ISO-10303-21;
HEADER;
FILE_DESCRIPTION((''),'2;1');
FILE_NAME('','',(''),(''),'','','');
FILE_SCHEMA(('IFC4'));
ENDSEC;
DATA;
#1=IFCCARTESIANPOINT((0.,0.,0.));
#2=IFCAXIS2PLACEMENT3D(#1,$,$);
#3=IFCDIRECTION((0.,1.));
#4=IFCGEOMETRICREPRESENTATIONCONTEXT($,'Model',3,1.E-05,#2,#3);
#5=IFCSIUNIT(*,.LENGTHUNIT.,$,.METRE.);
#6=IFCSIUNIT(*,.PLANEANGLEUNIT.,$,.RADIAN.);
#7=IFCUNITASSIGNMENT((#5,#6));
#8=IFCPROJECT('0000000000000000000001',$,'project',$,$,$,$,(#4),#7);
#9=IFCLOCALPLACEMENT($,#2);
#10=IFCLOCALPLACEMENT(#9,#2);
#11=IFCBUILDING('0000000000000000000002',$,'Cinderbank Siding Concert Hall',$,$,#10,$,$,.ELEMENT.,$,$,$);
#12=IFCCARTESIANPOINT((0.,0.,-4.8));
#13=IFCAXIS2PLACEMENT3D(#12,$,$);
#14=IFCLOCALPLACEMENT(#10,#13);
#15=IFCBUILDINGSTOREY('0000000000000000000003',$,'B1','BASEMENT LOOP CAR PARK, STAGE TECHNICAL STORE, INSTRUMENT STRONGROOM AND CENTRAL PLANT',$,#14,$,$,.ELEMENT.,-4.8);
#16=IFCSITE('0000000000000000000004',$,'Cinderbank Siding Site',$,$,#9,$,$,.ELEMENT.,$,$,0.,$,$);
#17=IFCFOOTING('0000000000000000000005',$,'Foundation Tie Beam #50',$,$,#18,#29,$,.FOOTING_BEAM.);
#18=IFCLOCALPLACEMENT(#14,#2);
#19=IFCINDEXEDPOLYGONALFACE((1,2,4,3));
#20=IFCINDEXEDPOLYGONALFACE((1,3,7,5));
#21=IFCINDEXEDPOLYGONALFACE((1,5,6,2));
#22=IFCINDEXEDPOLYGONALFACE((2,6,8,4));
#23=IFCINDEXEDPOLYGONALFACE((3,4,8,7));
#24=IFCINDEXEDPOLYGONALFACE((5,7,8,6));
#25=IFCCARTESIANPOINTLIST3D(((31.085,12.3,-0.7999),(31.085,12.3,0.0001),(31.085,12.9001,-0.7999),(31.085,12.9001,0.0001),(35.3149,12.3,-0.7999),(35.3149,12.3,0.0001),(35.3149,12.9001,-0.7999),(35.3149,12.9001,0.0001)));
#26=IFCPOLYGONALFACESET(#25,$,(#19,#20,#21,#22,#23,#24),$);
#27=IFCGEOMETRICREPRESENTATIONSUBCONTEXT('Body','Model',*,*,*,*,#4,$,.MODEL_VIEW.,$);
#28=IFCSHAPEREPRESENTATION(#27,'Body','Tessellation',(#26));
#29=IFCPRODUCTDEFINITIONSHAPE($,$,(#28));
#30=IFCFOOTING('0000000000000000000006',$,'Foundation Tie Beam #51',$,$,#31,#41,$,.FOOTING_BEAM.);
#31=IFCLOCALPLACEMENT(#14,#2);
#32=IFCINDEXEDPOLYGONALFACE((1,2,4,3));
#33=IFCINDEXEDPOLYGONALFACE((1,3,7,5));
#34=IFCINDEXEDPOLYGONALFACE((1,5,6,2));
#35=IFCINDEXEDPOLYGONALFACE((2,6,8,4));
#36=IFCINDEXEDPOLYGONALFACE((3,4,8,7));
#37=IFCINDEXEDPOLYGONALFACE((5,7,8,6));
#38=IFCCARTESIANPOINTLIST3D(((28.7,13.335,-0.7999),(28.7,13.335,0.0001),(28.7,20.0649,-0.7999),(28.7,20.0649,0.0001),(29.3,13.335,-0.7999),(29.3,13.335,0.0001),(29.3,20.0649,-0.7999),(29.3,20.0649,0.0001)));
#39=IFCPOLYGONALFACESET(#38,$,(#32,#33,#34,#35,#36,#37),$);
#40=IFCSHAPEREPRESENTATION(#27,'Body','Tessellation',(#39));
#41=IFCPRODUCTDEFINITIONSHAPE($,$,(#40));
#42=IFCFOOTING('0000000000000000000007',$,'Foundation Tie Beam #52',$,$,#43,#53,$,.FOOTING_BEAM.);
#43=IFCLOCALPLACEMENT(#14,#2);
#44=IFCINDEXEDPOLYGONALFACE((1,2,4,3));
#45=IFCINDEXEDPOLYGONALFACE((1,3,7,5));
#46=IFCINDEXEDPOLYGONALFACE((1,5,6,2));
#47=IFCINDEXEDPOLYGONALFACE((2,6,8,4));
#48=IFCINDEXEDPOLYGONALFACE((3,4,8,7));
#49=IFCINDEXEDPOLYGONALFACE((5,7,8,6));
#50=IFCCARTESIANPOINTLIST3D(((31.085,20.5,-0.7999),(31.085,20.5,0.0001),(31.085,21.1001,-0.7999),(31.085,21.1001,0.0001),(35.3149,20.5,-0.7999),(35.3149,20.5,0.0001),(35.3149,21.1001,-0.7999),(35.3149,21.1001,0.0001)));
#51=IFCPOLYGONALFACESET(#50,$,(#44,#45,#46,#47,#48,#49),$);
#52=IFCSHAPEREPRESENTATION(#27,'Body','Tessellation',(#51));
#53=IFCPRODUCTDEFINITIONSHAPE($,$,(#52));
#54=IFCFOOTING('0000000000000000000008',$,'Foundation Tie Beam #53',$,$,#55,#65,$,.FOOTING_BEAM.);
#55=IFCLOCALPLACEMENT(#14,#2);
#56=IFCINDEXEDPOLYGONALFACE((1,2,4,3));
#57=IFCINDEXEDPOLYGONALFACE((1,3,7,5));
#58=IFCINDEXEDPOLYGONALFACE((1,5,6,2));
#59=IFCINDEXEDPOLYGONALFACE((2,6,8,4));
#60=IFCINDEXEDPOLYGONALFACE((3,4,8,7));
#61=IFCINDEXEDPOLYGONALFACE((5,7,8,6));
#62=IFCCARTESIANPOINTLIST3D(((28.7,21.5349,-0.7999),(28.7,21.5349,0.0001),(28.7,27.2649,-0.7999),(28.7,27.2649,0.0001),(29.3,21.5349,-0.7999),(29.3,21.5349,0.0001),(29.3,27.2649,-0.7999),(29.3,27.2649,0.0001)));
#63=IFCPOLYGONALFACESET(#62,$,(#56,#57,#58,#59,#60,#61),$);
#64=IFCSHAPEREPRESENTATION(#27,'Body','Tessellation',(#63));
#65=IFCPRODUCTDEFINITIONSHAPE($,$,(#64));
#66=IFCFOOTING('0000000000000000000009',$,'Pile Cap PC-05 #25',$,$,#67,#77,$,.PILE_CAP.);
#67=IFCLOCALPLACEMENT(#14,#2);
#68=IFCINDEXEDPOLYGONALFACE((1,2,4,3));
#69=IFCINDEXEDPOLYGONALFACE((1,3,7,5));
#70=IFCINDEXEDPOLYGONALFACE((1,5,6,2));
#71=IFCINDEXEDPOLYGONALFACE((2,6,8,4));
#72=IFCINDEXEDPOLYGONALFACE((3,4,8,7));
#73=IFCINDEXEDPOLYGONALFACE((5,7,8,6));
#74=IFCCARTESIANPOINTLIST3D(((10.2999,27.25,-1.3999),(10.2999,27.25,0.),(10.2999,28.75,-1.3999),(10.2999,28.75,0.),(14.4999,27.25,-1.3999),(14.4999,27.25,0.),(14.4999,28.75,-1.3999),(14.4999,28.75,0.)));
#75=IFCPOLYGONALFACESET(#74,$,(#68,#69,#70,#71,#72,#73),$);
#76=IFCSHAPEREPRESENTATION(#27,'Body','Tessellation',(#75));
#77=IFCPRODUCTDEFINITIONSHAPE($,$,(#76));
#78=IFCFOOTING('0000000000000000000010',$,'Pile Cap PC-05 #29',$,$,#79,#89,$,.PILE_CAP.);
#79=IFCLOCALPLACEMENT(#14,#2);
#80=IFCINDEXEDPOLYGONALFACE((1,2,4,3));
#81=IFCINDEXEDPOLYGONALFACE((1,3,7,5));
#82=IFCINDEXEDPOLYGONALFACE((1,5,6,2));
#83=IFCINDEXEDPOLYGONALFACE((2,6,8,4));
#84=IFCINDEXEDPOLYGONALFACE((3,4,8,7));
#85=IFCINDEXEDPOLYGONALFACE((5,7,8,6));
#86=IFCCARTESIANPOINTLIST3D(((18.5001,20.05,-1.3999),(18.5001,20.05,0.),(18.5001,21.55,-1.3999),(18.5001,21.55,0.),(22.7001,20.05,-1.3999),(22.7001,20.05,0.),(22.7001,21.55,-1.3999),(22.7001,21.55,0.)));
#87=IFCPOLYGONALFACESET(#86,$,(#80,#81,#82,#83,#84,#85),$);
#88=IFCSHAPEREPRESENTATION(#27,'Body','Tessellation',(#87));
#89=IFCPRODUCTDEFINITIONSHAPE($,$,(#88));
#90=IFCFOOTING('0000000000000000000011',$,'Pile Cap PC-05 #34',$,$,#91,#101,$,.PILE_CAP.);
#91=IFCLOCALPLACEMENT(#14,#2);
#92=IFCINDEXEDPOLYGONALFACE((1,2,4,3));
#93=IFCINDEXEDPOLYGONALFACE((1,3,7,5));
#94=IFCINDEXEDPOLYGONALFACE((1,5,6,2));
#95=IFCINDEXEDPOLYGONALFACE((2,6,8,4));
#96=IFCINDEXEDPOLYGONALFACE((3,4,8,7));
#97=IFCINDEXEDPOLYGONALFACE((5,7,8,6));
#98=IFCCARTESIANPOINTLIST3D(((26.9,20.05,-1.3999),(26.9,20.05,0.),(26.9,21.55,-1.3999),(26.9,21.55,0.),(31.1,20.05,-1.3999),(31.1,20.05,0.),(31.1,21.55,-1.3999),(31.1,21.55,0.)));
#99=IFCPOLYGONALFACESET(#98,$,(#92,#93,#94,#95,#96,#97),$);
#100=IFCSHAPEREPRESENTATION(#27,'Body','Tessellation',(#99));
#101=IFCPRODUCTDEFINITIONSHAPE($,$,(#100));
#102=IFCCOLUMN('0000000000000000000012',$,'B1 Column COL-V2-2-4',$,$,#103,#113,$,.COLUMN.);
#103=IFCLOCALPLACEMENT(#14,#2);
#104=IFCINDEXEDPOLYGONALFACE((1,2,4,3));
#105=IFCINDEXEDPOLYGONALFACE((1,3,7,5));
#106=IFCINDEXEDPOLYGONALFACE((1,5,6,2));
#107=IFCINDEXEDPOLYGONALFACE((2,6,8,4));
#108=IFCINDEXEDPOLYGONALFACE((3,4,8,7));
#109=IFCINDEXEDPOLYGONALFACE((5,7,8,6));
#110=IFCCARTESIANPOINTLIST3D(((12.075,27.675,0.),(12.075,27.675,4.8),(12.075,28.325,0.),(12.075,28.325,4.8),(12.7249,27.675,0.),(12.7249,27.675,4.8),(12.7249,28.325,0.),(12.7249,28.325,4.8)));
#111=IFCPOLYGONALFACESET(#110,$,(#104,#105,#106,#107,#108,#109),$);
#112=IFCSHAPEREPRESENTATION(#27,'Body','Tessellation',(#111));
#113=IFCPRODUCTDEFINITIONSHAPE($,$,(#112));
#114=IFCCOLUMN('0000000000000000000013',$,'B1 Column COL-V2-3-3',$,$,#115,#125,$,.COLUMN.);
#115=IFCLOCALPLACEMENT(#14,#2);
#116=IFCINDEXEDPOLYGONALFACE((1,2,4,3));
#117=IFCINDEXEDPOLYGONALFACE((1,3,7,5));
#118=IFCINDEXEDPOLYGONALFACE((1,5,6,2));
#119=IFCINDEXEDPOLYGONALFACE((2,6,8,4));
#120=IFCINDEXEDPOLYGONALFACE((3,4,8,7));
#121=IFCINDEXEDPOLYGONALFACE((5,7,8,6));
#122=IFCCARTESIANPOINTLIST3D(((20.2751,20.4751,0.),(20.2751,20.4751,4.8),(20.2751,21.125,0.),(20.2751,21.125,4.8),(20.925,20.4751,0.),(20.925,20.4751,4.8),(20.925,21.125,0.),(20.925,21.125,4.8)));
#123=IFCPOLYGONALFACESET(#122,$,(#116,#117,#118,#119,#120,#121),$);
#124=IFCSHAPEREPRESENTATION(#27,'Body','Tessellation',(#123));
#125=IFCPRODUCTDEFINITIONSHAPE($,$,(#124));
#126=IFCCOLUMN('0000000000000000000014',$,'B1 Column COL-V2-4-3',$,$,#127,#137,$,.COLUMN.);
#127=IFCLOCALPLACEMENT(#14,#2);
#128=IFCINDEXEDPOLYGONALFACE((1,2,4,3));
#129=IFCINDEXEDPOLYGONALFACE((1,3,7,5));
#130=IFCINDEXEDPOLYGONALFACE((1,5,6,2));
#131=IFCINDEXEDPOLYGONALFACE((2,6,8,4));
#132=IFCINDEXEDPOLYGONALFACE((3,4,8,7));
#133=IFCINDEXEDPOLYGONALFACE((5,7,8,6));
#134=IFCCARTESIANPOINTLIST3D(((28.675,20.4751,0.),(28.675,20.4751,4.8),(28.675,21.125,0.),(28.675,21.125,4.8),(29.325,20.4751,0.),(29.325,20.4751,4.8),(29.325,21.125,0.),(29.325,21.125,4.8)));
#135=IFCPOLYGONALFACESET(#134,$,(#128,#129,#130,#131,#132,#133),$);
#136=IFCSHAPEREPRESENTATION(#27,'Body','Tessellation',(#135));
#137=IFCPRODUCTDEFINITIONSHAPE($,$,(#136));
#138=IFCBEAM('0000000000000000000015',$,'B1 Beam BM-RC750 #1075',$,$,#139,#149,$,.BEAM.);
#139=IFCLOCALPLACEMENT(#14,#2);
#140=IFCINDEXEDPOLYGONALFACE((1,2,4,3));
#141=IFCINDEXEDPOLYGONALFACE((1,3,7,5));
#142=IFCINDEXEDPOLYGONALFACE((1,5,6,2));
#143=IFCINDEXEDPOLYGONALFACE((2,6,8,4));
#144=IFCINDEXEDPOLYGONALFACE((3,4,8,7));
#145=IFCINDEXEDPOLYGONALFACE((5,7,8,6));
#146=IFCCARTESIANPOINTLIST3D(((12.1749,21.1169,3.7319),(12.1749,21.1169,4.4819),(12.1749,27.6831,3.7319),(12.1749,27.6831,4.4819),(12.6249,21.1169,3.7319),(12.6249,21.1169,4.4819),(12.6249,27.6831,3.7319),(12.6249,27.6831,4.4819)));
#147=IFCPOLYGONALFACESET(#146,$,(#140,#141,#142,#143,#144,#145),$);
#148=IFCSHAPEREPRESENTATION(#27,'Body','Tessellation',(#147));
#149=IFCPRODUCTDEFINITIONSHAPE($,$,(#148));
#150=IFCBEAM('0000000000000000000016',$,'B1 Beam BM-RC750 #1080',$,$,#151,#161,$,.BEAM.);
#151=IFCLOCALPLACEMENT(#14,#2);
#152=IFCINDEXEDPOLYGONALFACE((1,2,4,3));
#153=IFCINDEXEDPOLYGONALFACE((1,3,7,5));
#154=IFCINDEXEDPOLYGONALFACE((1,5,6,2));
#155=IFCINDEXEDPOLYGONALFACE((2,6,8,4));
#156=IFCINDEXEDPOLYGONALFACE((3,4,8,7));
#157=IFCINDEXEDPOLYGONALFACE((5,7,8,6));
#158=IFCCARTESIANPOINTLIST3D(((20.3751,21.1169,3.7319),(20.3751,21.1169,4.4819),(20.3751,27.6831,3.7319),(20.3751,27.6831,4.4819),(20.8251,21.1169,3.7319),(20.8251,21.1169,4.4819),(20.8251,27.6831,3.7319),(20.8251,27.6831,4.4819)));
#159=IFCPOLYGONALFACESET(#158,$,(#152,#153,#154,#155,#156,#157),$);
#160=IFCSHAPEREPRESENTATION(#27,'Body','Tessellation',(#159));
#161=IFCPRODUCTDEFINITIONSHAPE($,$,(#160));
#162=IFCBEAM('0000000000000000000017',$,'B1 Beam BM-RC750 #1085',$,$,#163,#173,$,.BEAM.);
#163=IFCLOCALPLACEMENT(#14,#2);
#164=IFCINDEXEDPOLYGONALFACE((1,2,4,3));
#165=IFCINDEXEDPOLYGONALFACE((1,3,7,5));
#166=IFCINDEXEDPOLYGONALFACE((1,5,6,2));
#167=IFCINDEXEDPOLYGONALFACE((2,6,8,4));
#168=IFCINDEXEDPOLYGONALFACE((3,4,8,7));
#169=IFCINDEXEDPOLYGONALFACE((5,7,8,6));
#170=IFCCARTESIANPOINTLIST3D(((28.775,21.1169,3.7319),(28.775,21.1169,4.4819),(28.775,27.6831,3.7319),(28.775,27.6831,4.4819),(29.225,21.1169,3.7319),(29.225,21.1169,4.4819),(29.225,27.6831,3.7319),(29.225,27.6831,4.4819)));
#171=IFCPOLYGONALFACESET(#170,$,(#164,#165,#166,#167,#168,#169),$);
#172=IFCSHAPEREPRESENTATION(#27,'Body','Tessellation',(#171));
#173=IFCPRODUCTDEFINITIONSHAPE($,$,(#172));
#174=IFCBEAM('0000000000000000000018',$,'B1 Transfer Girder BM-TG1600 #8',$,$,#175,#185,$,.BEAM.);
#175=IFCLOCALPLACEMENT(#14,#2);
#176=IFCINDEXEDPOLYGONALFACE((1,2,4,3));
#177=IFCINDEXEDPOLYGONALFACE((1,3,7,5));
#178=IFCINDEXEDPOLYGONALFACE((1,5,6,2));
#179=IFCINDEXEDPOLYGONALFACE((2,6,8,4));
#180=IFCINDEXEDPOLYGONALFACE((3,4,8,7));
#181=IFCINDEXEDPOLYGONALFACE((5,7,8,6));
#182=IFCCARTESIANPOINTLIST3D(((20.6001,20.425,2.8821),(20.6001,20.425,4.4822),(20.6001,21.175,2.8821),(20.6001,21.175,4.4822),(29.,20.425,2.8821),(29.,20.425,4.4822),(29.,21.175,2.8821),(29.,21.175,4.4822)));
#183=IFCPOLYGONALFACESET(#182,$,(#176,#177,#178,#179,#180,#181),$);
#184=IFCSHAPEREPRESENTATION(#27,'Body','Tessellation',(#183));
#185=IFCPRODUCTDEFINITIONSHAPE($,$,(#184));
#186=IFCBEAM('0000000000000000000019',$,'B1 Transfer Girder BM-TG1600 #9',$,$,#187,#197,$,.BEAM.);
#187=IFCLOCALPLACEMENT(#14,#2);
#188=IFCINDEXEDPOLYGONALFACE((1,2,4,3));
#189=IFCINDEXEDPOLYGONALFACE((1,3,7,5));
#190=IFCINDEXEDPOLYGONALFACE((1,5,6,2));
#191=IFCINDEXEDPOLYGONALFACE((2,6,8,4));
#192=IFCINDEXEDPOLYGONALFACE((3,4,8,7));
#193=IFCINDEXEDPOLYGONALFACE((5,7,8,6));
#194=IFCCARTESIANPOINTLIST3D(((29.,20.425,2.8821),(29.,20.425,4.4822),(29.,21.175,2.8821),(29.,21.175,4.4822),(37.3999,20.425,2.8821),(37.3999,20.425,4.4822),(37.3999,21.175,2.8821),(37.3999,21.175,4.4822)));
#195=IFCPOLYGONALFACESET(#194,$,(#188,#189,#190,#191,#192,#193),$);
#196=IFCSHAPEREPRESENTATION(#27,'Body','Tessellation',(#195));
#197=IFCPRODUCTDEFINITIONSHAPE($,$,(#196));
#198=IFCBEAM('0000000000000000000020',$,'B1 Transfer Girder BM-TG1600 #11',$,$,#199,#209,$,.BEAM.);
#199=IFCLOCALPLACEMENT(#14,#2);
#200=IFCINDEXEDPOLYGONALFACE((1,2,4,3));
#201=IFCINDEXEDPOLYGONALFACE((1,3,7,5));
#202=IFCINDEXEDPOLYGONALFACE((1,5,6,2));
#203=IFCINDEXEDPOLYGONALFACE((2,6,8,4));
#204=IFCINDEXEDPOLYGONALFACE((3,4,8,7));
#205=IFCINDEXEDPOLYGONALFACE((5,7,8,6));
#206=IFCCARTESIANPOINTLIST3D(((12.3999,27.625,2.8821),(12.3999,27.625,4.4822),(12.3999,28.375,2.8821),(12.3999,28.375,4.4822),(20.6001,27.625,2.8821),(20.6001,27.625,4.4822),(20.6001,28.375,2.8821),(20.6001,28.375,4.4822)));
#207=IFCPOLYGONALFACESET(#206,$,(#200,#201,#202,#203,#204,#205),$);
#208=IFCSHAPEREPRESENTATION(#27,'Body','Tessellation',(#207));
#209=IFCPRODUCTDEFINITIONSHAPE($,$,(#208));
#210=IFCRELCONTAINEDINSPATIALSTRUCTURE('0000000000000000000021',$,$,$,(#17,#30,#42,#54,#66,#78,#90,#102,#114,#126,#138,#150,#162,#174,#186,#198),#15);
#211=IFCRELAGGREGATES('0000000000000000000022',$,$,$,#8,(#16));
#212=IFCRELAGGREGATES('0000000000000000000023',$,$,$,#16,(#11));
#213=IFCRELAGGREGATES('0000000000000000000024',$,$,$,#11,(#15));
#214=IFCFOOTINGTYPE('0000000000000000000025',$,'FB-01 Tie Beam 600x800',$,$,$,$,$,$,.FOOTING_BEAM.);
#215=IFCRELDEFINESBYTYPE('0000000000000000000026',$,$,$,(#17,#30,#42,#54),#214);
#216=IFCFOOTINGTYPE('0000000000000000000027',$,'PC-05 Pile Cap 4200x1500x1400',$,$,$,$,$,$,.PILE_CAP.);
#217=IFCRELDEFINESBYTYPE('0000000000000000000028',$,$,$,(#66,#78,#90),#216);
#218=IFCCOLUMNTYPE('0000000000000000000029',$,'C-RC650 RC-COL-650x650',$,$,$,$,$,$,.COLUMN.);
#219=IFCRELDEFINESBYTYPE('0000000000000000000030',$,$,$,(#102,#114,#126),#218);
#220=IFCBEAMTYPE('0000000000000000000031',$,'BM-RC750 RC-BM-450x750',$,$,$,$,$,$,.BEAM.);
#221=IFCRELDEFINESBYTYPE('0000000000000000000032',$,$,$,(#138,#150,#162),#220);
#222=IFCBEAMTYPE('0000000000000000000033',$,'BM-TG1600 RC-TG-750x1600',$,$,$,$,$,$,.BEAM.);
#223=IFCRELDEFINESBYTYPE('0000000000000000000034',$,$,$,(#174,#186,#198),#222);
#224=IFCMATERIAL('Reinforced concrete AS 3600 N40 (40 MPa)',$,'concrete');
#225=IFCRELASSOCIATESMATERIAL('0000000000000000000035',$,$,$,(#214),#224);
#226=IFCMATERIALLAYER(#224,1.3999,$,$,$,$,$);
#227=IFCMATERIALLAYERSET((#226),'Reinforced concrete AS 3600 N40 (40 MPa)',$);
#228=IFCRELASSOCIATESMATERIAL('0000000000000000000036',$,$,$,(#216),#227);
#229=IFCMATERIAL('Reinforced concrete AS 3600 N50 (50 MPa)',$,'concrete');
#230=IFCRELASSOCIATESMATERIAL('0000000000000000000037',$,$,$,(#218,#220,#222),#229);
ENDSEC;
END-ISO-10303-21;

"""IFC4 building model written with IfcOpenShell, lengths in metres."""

from ifc_helpers import new_model, si_unit, direction, frame, origin, origin_2d, place, context, subcontext, project, spatial, rectangle, extrude, material, layer, layer_set, material_profile, profile_set, type_object, element, save


model = new_model("IFC4")

# Units and contexts
model_context = context("Model", 3, precision=1e-05, world=origin(), true_north=direction((0.0, 1.0)))
body_context = subcontext(model_context, "Body", "Model", "MODEL_VIEW")
ifc_project = project(units=[si_unit("LENGTHUNIT", "METRE"), si_unit("PLANEANGLEUNIT", "RADIAN")], contexts=[model_context])

# Site, building, storey
site_placement = place(None, origin())
site = spatial("IfcSite", under=ifc_project, at=site_placement, Name="Cinderbank Siding Site", CompositionType="ELEMENT", RefElevation=0.0)
building_placement = place(site_placement, origin())
building = spatial("IfcBuilding", under=site, at=building_placement, Name="Cinderbank Siding Concert Hall", CompositionType="ELEMENT")
storey_placement = place(building_placement, frame((0.0, 0.0, -4.8)))
storey = spatial("IfcBuildingStorey", under=building, at=storey_placement, Name="B1", Description="BASEMENT LOOP CAR PARK, STAGE TECHNICAL STORE, INSTRUMENT STRONGROOM AND CENTRAL PLANT", CompositionType="ELEMENT", Elevation=-4.8)

# Shared definitions
ifc_material_1 = material(Name="Reinforced concrete AS 3600 N40 (40 MPa)", Category="concrete")

# Footings
ifc_material_profile_1 = material_profile(ifc_material_1, rectangle(XDim=0.6001, YDim=0.8, at=origin_2d()), Name="RC-FB-600x800", Category="LoadBearing")
ifc_profile_set_1 = profile_set([ifc_material_profile_1], Name="Reinforced concrete AS 3600 N40 (40 MPa)")
footing_type_1 = type_object("IfcFootingType", Name="FB-01 Tie Beam 600x800", PredefinedType="FOOTING_BEAM", material=ifc_profile_set_1)
footing_1_placement = place(storey_placement, frame((31.085, 12.6001, -0.3999), z_axis=(1.0, 0.0, 0.0), x_axis=(0.0, 1.0, 0.0)))
element("IfcFooting", 1, at=footing_1_placement, inside=storey, type_object=footing_type_1, Name="Foundation Tie Beam #50", PredefinedType="FOOTING_BEAM", context=body_context, shape_type="SweptSolid", body=[
    extrude(rectangle(XDim=0.6001, YDim=0.8, at=origin_2d()), origin(), (0.0, 0.0, 1.0), 4.23),
])
footing_2_placement = place(storey_placement, frame((29.0, 13.335, -0.3999), z_axis=(0.0, 1.0, 0.0), x_axis=(-1.0, 0.0, 0.0)))
element("IfcFooting", 2, at=footing_2_placement, inside=storey, type_object=footing_type_1, Name="Foundation Tie Beam #51", PredefinedType="FOOTING_BEAM", context=body_context, shape_type="SweptSolid", body=[
    extrude(rectangle(XDim=0.6001, YDim=0.8, at=origin_2d()), origin(), (0.0, 0.0, 1.0), 6.73),
])
footing_3_placement = place(storey_placement, frame((31.085, 20.8, -0.3999), z_axis=(1.0, 0.0, 0.0), x_axis=(0.0, 1.0, 0.0)))
element("IfcFooting", 3, at=footing_3_placement, inside=storey, type_object=footing_type_1, Name="Foundation Tie Beam #52", PredefinedType="FOOTING_BEAM", context=body_context, shape_type="SweptSolid", body=[
    extrude(rectangle(XDim=0.6001, YDim=0.8, at=origin_2d()), origin(), (0.0, 0.0, 1.0), 4.23),
])
footing_4_placement = place(storey_placement, frame((29.0, 21.5349, -0.3999), z_axis=(0.0, 1.0, 0.0), x_axis=(-1.0, 0.0, 0.0)))
element("IfcFooting", 4, at=footing_4_placement, inside=storey, type_object=footing_type_1, Name="Foundation Tie Beam #53", PredefinedType="FOOTING_BEAM", context=body_context, shape_type="SweptSolid", body=[
    extrude(rectangle(XDim=0.6001, YDim=0.8, at=origin_2d()), origin(), (0.0, 0.0, 1.0), 5.73),
])
ifc_layer = layer(ifc_material_1, 1.3999)
ifc_layer_set = layer_set([ifc_layer], Name="Reinforced concrete AS 3600 N40 (40 MPa)")
footing_type_2 = type_object("IfcFootingType", Name="PC-05 Pile Cap 4200x1500x1400", PredefinedType="PILE_CAP", material=ifc_layer_set)
for number, where, z_axis, x_axis, name in (
    (5, (12.3999, 28.0, -1.3999), (0.0, 0.0, 1.0), (1.0, 0.0, 0.0), "Pile Cap PC-05 #25"),
    (6, (20.6001, 20.8, -1.3999), (0.0, 0.0, 1.0), (1.0, 0.0, 0.0), "Pile Cap PC-05 #29"),
    (7, (29.0, 20.8, -1.3999), (0.0, 0.0, 1.0), (1.0, 0.0, 0.0), "Pile Cap PC-05 #34"),
):
    element("IfcFooting", number, at=place(storey_placement, frame(where, z_axis=z_axis, x_axis=x_axis)), inside=storey, type_object=footing_type_2, Name=name, PredefinedType="PILE_CAP", context=body_context, shape_type="SweptSolid", body=[
        extrude(rectangle(XDim=4.2, YDim=1.5, at=origin_2d()), origin(), (0.0, 0.0, 1.0), 1.3999),
    ])

# Columns
ifc_material_2 = material(Name="Reinforced concrete AS 3600 N50 (50 MPa)", Category="concrete")
ifc_material_profile_2 = material_profile(ifc_material_2, rectangle(XDim=0.6499, YDim=0.6499, at=origin_2d()), Name="RC-COL-650x650", Category="LoadBearing")
ifc_profile_set_2 = profile_set([ifc_material_profile_2], Name="Reinforced concrete AS 3600 N50 (50 MPa)")
column_type = type_object("IfcColumnType", Name="C-RC650 RC-COL-650x650", PredefinedType="COLUMN", material=ifc_profile_set_2)
for number, where, z_axis, x_axis, name in (
    (8, (12.3999, 28.0, 0.0), (0.0, 0.0, 1.0), (1.0, 0.0, 0.0), "B1 Column COL-V2-2-4"),
    (9, (20.6001, 20.8, 0.0), (0.0, 0.0, 1.0), (1.0, 0.0, 0.0), "B1 Column COL-V2-3-3"),
    (10, (29.0, 20.8, 0.0), (0.0, 0.0, 1.0), (1.0, 0.0, 0.0), "B1 Column COL-V2-4-3"),
):
    element("IfcColumn", number, at=place(storey_placement, frame(where, z_axis=z_axis, x_axis=x_axis)), inside=storey, type_object=column_type, Name=name, PredefinedType="COLUMN", context=body_context, shape_type="SweptSolid", body=[
        extrude(rectangle(XDim=0.6499, YDim=0.6499, at=origin_2d()), origin(), (0.0, 0.0, 1.0), 4.8),
    ])

# Beams
ifc_material_profile_3 = material_profile(ifc_material_2, rectangle(XDim=0.45, YDim=0.75, at=origin_2d()), Name="RC-BM-450x750", Category="LoadBearing")
ifc_profile_set_3 = profile_set([ifc_material_profile_3], Name="Reinforced concrete AS 3600 N50 (50 MPa)")
beam_type_1 = type_object("IfcBeamType", Name="BM-RC750 RC-BM-450x750", PredefinedType="BEAM", material=ifc_profile_set_3)
for number, where, z_axis, x_axis, name in (
    (11, (12.3999, 21.1169, 4.1069), (0.0, 1.0, 0.0), (-1.0, 0.0, 0.0), "B1 Beam BM-RC750 #1075"),
    (12, (20.6001, 21.1169, 4.1069), (0.0, 1.0, 0.0), (-1.0, 0.0, 0.0), "B1 Beam BM-RC750 #1080"),
    (13, (29.0, 21.1169, 4.1069), (0.0, 1.0, 0.0), (-1.0, 0.0, 0.0), "B1 Beam BM-RC750 #1085"),
):
    element("IfcBeam", number, at=place(storey_placement, frame(where, z_axis=z_axis, x_axis=x_axis)), inside=storey, type_object=beam_type_1, Name=name, PredefinedType="BEAM", context=body_context, shape_type="SweptSolid", body=[
        extrude(rectangle(XDim=0.45, YDim=0.75, at=origin_2d()), origin(), (0.0, 0.0, 1.0), 6.5662),
    ])
ifc_material_profile_4 = material_profile(ifc_material_2, rectangle(XDim=0.75, YDim=1.6001, at=origin_2d()), Name="RC-TG-750x1600", Category="LoadBearing")
ifc_profile_set_4 = profile_set([ifc_material_profile_4], Name="Reinforced concrete AS 3600 N50 (50 MPa)")
beam_type_2 = type_object("IfcBeamType", Name="BM-TG1600 RC-TG-750x1600", PredefinedType="BEAM", material=ifc_profile_set_4)
for number, where, z_axis, x_axis, name in (
    (14, (20.6001, 20.8, 3.6821), (1.0, 0.0, 0.0), (0.0, 1.0, 0.0), "B1 Transfer Girder BM-TG1600 #8"),
    (15, (29.0, 20.8, 3.6821), (1.0, 0.0, 0.0), (0.0, 1.0, 0.0), "B1 Transfer Girder BM-TG1600 #9"),
):
    element("IfcBeam", number, at=place(storey_placement, frame(where, z_axis=z_axis, x_axis=x_axis)), inside=storey, type_object=beam_type_2, Name=name, PredefinedType="BEAM", context=body_context, shape_type="SweptSolid", body=[
        extrude(rectangle(XDim=0.75, YDim=1.6001, at=origin_2d()), origin(), (0.0, 0.0, 1.0), 8.3999),
    ])
beam_1_placement = place(storey_placement, frame((12.3999, 28.0, 3.6821), z_axis=(1.0, 0.0, 0.0), x_axis=(0.0, 1.0, 0.0)))
element("IfcBeam", 16, at=beam_1_placement, inside=storey, type_object=beam_type_2, Name="B1 Transfer Girder BM-TG1600 #11", PredefinedType="BEAM", context=body_context, shape_type="SweptSolid", body=[
    extrude(rectangle(XDim=0.75, YDim=1.6001, at=origin_2d()), origin(), (0.0, 0.0, 1.0), 8.2002),
])

save(model, "model.ifc")
